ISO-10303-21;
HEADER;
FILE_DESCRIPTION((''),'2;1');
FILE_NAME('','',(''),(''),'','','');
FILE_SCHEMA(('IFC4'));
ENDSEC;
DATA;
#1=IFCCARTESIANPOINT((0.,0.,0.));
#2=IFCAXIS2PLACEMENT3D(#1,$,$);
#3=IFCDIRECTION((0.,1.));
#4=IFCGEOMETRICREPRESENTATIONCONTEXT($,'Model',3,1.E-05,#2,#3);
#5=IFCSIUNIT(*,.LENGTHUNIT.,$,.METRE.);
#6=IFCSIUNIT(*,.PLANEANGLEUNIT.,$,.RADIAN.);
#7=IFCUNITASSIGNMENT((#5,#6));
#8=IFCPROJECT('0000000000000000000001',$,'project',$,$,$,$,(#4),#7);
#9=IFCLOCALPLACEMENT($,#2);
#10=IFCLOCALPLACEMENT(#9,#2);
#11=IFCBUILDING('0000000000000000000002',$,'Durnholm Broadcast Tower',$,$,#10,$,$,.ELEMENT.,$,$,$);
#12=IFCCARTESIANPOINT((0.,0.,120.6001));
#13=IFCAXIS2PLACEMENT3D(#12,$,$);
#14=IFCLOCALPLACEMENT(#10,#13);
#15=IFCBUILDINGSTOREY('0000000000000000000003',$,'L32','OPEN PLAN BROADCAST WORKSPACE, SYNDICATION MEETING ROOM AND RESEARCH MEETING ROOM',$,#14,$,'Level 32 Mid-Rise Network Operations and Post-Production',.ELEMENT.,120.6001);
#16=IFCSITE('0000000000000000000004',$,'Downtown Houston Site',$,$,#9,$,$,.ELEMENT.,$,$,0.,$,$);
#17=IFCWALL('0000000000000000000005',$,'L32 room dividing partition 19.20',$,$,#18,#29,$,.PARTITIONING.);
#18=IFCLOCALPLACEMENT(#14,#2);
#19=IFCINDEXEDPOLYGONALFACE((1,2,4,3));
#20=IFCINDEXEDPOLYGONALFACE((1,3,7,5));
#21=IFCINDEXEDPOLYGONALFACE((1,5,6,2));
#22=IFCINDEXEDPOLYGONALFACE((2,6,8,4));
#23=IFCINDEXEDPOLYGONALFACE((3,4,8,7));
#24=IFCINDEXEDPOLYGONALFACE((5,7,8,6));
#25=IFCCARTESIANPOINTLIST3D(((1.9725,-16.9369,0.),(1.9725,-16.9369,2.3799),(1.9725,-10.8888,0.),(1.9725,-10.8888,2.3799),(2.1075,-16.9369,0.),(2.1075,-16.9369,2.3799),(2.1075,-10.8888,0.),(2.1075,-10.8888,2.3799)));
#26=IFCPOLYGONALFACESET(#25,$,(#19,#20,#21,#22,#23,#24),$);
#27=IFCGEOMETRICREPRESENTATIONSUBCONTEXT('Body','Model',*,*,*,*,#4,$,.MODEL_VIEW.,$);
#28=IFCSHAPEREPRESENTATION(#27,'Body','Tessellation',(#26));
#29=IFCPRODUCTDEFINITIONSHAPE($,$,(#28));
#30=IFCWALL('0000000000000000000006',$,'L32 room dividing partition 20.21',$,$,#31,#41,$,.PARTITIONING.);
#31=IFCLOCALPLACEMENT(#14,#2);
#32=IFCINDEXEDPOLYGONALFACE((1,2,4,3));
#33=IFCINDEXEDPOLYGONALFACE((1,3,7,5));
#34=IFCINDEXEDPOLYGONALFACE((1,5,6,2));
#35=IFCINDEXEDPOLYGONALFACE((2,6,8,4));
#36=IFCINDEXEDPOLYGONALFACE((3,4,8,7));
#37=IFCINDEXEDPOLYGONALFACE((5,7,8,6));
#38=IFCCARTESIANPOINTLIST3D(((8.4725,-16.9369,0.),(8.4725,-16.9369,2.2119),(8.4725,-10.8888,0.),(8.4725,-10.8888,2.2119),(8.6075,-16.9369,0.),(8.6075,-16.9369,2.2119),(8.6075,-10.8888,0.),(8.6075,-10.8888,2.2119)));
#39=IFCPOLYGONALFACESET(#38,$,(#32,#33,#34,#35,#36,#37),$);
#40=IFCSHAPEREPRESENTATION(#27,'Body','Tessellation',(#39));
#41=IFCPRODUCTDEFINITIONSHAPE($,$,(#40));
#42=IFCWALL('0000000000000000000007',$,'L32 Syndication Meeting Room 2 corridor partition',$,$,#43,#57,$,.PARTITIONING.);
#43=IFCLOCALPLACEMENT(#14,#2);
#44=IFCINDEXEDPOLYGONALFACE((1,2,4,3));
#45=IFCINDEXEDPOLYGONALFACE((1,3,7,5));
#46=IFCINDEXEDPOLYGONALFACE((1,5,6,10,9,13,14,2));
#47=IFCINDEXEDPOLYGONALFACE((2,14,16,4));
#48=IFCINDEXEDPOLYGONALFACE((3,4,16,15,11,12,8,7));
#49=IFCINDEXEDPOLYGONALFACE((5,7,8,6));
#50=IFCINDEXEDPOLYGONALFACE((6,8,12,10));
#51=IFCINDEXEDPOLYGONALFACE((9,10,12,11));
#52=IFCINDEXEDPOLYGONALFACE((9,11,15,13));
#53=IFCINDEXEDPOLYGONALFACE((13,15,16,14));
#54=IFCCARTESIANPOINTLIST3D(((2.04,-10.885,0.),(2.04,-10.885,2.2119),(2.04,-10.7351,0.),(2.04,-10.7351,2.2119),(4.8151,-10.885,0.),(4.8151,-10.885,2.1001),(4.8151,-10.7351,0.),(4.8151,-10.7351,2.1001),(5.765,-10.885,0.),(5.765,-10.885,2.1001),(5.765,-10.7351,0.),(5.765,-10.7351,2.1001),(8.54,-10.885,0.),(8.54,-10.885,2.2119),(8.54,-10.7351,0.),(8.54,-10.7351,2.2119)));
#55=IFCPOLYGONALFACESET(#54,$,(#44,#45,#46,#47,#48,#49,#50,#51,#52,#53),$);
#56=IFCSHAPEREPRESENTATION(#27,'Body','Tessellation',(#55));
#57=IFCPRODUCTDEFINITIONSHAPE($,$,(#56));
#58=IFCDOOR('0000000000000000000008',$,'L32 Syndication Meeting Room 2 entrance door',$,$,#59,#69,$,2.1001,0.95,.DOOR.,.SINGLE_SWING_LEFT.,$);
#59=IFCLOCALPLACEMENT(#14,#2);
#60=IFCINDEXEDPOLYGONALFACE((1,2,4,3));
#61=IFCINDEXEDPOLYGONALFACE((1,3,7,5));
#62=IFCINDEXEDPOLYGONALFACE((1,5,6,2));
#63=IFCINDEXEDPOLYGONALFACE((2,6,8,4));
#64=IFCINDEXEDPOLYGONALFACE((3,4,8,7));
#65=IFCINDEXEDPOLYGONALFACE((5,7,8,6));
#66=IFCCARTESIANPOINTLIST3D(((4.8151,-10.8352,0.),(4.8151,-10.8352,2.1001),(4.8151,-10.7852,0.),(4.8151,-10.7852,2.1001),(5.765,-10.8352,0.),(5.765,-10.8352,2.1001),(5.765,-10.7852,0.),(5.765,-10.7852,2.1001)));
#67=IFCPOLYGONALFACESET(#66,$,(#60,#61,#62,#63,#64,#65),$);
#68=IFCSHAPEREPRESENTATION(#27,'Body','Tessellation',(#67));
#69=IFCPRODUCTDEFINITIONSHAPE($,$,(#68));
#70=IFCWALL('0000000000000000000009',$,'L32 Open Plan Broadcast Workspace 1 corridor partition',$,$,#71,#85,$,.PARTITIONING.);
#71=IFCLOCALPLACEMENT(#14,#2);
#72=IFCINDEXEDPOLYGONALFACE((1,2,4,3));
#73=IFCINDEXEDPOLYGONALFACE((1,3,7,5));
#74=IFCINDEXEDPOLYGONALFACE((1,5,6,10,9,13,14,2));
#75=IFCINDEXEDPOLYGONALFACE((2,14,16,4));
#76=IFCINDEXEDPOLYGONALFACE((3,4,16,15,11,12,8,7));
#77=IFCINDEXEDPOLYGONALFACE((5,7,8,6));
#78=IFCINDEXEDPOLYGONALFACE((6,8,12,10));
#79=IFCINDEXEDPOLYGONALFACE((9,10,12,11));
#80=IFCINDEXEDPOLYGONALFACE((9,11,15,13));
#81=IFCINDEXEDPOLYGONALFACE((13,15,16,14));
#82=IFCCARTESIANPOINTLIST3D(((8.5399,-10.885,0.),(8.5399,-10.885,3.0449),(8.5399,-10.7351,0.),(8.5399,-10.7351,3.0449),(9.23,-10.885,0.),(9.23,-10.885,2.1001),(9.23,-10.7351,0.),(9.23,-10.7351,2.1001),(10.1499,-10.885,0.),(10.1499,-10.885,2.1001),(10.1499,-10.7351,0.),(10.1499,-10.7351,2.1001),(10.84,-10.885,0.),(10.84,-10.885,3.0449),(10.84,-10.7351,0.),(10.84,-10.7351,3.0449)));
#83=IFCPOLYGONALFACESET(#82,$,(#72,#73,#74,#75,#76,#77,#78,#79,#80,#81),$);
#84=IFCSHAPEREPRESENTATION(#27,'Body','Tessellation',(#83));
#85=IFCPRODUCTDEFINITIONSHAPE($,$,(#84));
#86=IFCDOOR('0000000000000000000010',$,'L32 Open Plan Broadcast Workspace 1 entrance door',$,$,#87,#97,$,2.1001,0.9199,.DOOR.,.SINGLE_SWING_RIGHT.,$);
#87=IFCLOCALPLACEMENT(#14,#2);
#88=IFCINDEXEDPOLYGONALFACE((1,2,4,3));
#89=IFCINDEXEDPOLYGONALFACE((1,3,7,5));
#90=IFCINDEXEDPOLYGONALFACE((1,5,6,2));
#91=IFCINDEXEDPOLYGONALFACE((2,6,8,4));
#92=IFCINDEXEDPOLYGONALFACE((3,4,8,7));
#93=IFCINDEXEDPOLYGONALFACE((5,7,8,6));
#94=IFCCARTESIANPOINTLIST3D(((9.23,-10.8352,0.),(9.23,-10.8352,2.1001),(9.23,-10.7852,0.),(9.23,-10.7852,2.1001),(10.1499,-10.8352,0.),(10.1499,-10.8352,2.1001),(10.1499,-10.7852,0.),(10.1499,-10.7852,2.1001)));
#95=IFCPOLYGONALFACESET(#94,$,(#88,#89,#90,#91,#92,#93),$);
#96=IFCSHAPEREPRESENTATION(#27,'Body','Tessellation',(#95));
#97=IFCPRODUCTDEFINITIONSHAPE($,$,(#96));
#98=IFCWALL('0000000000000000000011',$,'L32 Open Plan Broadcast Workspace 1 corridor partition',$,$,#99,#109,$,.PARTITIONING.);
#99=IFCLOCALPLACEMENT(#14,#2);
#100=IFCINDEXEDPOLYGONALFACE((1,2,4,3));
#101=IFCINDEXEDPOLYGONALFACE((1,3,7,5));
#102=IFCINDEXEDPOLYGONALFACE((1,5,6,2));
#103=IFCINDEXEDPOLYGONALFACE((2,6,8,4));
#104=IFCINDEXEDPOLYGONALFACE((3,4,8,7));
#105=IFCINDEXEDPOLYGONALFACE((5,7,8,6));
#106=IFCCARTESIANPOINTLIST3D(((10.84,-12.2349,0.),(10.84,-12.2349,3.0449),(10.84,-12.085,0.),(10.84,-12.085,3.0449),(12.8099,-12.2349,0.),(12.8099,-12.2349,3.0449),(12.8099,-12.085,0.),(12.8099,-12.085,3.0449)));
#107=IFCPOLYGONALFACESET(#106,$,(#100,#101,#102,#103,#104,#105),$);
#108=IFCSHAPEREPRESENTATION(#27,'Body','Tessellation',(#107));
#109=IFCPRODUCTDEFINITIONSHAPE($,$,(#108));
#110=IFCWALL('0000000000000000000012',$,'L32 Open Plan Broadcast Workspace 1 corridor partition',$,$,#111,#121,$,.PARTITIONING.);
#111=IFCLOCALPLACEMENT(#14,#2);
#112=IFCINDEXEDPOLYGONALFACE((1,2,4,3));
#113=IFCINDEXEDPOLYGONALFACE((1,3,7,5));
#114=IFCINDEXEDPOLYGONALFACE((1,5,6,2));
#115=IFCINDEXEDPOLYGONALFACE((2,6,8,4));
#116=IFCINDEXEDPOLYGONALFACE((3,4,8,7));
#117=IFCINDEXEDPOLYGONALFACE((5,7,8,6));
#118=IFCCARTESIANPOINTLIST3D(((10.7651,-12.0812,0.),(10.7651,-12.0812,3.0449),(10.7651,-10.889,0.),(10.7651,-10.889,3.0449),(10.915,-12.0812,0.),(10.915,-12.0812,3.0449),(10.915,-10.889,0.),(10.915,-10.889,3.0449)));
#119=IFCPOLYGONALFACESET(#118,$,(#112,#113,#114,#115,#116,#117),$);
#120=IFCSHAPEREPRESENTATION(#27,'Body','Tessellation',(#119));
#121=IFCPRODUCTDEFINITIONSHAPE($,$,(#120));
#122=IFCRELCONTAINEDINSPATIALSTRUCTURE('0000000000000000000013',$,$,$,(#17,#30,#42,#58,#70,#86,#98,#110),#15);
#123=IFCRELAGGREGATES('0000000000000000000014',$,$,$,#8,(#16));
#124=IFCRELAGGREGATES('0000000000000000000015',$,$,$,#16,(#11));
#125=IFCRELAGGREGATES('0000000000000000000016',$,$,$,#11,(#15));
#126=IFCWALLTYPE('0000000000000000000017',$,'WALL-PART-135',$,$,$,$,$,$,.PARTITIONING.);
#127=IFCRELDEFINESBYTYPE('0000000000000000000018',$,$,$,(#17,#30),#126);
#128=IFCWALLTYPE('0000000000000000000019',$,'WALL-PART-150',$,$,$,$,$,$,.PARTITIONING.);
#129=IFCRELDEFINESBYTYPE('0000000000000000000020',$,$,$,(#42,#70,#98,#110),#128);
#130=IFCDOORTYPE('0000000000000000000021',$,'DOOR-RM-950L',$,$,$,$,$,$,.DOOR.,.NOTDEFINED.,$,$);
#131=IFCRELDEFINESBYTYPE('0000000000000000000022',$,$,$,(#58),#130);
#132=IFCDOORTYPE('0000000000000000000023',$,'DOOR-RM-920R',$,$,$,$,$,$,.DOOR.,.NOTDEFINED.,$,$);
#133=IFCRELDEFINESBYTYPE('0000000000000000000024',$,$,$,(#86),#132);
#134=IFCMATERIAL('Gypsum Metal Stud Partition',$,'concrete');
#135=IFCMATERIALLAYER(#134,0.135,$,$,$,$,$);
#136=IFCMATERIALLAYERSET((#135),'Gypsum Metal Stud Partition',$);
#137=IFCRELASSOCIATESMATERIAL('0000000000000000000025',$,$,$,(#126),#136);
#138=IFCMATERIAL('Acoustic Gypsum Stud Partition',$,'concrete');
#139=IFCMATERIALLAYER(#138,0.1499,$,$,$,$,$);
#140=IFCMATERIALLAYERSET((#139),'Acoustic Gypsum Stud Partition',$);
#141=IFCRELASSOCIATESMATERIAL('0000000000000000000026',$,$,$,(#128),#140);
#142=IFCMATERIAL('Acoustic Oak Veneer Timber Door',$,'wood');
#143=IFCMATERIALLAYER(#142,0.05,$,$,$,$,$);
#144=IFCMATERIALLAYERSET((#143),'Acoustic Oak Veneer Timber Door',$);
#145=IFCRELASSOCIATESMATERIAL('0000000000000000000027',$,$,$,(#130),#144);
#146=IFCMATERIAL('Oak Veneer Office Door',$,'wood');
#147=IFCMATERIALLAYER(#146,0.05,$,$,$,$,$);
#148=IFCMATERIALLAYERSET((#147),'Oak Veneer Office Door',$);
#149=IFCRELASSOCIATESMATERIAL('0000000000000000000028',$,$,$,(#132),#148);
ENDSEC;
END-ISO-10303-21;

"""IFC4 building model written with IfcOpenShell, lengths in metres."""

from ifc_helpers import new_model, si_unit, direction, frame, frame_2d, origin, place, context, subcontext, project, spatial, rectangle, extrude, source, transform, mapped, material, layer, layer_set, type_object, type_shapes, element, fill, save


model = new_model("IFC4")

# Units and contexts
model_context = context("Model", 3, precision=1e-05, world=origin(), true_north=direction((0.0, 1.0)))
body_context = subcontext(model_context, "Body", "Model", "MODEL_VIEW")
ifc_project = project(units=[si_unit("LENGTHUNIT", "METRE"), si_unit("PLANEANGLEUNIT", "RADIAN")], contexts=[model_context])

# Site, building, storey
site_placement = place(None, origin())
site = spatial("IfcSite", under=ifc_project, at=site_placement, Name="Downtown Houston Site", CompositionType="ELEMENT", RefElevation=0.0)
building_placement = place(site_placement, origin())
building = spatial("IfcBuilding", under=site, at=building_placement, Name="Durnholm Broadcast Tower", CompositionType="ELEMENT")
storey_placement = place(building_placement, frame((0.0, 0.0, 120.6001)))
storey = spatial("IfcBuildingStorey", under=building, at=storey_placement, Name="L32", Description="OPEN PLAN BROADCAST WORKSPACE, SYNDICATION MEETING ROOM AND RESEARCH MEETING ROOM", LongName="Level 32 Mid-Rise Network Operations and Post-Production", CompositionType="ELEMENT", Elevation=120.6001)

# Walls
ifc_material_1 = material(Name="Gypsum Metal Stud Partition", Category="concrete")
ifc_layer_1 = layer(ifc_material_1, 0.135)
ifc_layer_set_1 = layer_set([ifc_layer_1], Name="Gypsum Metal Stud Partition")
wall_type_1 = type_object("IfcWallType", Name="WALL-PART-135", PredefinedType="PARTITIONING", material=ifc_layer_set_1)
wall_1_placement = place(storey_placement, frame((2.04, -10.8889, 0.0), z_axis=(0.0, 0.0, 1.0), x_axis=(0.0, -1.0, 0.0)))
element("IfcWall", 1, at=wall_1_placement, inside=storey, type_object=wall_type_1, Name="L32 room dividing partition 19.20", PredefinedType="PARTITIONING", context=body_context, shape_type="SweptSolid", body=[
    extrude(rectangle(XDim=6.0481, YDim=0.135, at=frame_2d((3.0239, 0.0))), origin(), (0.0, 0.0, 1.0), 2.3799),
])
wall_2_placement = place(storey_placement, frame((8.54, -10.8889, 0.0), z_axis=(0.0, 0.0, 1.0), x_axis=(0.0, -1.0, 0.0)))
element("IfcWall", 2, at=wall_2_placement, inside=storey, type_object=wall_type_1, Name="L32 room dividing partition 20.21", PredefinedType="PARTITIONING", context=body_context, shape_type="SweptSolid", body=[
    extrude(rectangle(XDim=6.0481, YDim=0.135, at=frame_2d((3.0239, 0.0))), origin(), (0.0, 0.0, 1.0), 2.2119),
])

# Walls, openings, doors
ifc_material_2 = material(Name="Acoustic Gypsum Stud Partition", Category="concrete")
ifc_layer_2 = layer(ifc_material_2, 0.1499)
ifc_layer_set_2 = layer_set([ifc_layer_2], Name="Acoustic Gypsum Stud Partition")
wall_type_2 = type_object("IfcWallType", Name="WALL-PART-150", PredefinedType="PARTITIONING", material=ifc_layer_set_2)
wall_3_placement = place(storey_placement, frame((2.04, -10.8101, 0.0), z_axis=(0.0, 0.0, 1.0), x_axis=(1.0, 0.0, 0.0)))
wall_3 = element("IfcWall", 3, at=wall_3_placement, inside=storey, type_object=wall_type_2, Name="L32 Syndication Meeting Room 2 corridor partition", PredefinedType="PARTITIONING", context=body_context, shape_type="SweptSolid", body=[
    extrude(rectangle(XDim=6.5, YDim=0.1499, at=frame_2d((3.25, 0.0))), origin(), (0.0, 0.0, 1.0), 2.2119),
])
opening_1_placement = place(wall_3_placement, frame((2.7749, 0.0, 0.0)))
opening_1 = element("IfcOpeningElement", 4, at=opening_1_placement, cuts=wall_3, PredefinedType="OPENING", context=body_context, shape_type="SweptSolid", body=[
    extrude(rectangle(XDim=0.95, YDim=2.1001, at=frame_2d((0.4751, 1.05))), frame((0.0, 0.085, 0.0), z_axis=(0.0, -1.0, 0.0), x_axis=(1.0, 0.0, 0.0)), (0.0, 0.0, 1.0), 0.1699),
])
ifc_material_3 = material(Name="Acoustic Oak Veneer Timber Door", Category="wood")
ifc_layer_3 = layer(ifc_material_3, 0.05)
ifc_layer_set_3 = layer_set([ifc_layer_3], Name="Acoustic Oak Veneer Timber Door")
door_type_1 = type_object("IfcDoorType", Name="DOOR-RM-950L", OperationType="NOTDEFINED", PredefinedType="DOOR", material=ifc_layer_set_3)
shared_shape_1 = source(origin(), body_context, "Body", "SweptSolid", [
    extrude(rectangle(XDim=0.95, YDim=2.1001, at=frame_2d((0.4751, 1.05))), frame((0.0, 0.0249, 0.0), z_axis=(0.0, -1.0, 0.0), x_axis=(1.0, 0.0, 0.0)), (0.0, 0.0, 1.0), 0.05),
])
type_shapes(door_type_1, [shared_shape_1])
door_1_placement = place(opening_1_placement, origin())
door_1 = element("IfcDoor", 5, at=door_1_placement, inside=storey, type_object=door_type_1, Name="L32 Syndication Meeting Room 2 entrance door", OperationType="SINGLE_SWING_LEFT", OverallHeight=2.1001, OverallWidth=0.95, PredefinedType="DOOR", context=body_context, shape_type="MappedRepresentation", body=[
    mapped(shared_shape_1, transform((0.0, 0.0, 0.0), x_axis=(1.0, 0.0, 0.0), y_axis=(0.0, 1.0, 0.0), z_axis=(0.0, 0.0, 1.0), scale=1.0)),
])
fill(opening_1, door_1)
wall_4_placement = place(storey_placement, frame((8.54, -10.8101, 0.0), z_axis=(0.0, 0.0, 1.0), x_axis=(1.0, 0.0, 0.0)))
wall_4 = element("IfcWall", 6, at=wall_4_placement, inside=storey, type_object=wall_type_2, Name="L32 Open Plan Broadcast Workspace 1 corridor partition", PredefinedType="PARTITIONING", context=body_context, shape_type="SweptSolid", body=[
    extrude(rectangle(XDim=2.3, YDim=0.1499, at=frame_2d((1.1499, 0.0))), origin(), (0.0, 0.0, 1.0), 3.0449),
])
opening_2_placement = place(wall_4_placement, frame((0.6899, 0.0, 0.0)))
opening_2 = element("IfcOpeningElement", 7, at=opening_2_placement, cuts=wall_4, PredefinedType="OPENING", context=body_context, shape_type="SweptSolid", body=[
    extrude(rectangle(XDim=0.9199, YDim=2.1001, at=frame_2d((0.46, 1.05))), frame((0.0, 0.085, 0.0), z_axis=(0.0, -1.0, 0.0), x_axis=(1.0, 0.0, 0.0)), (0.0, 0.0, 1.0), 0.1699),
])
ifc_material_4 = material(Name="Oak Veneer Office Door", Category="wood")
ifc_layer_4 = layer(ifc_material_4, 0.05)
ifc_layer_set_4 = layer_set([ifc_layer_4], Name="Oak Veneer Office Door")
door_type_2 = type_object("IfcDoorType", Name="DOOR-RM-920R", OperationType="NOTDEFINED", PredefinedType="DOOR", material=ifc_layer_set_4)
shared_shape_2 = source(origin(), body_context, "Body", "SweptSolid", [
    extrude(rectangle(XDim=0.9199, YDim=2.1001, at=frame_2d((0.46, 1.05))), frame((0.0, 0.0249, 0.0), z_axis=(0.0, -1.0, 0.0), x_axis=(1.0, 0.0, 0.0)), (0.0, 0.0, 1.0), 0.05),
])
type_shapes(door_type_2, [shared_shape_2])
door_2_placement = place(opening_2_placement, origin())
door_2 = element("IfcDoor", 8, at=door_2_placement, inside=storey, type_object=door_type_2, Name="L32 Open Plan Broadcast Workspace 1 entrance door", OperationType="SINGLE_SWING_RIGHT", OverallHeight=2.1001, OverallWidth=0.9199, PredefinedType="DOOR", context=body_context, shape_type="MappedRepresentation", body=[
    mapped(shared_shape_2, transform((0.0, 0.0, 0.0), x_axis=(1.0, 0.0, 0.0), y_axis=(0.0, 1.0, 0.0), z_axis=(0.0, 0.0, 1.0), scale=1.0)),
])
fill(opening_2, door_2)

# Walls
wall_5_placement = place(storey_placement, frame((10.8401, -12.1599, 0.0), z_axis=(0.0, 0.0, 1.0), x_axis=(1.0, 0.0, 0.0)))
element("IfcWall", 9, at=wall_5_placement, inside=storey, type_object=wall_type_2, Name="L32 Open Plan Broadcast Workspace 1 corridor partition", PredefinedType="PARTITIONING", context=body_context, shape_type="SweptSolid", body=[
    extrude(rectangle(XDim=1.97, YDim=0.1499, at=frame_2d((0.9849, 0.0))), origin(), (0.0, 0.0, 1.0), 3.0449),
])
wall_6_placement = place(storey_placement, frame((10.8401, -10.8889, 0.0), z_axis=(0.0, 0.0, 1.0), x_axis=(0.0, -1.0, 0.0)))
element("IfcWall", 10, at=wall_6_placement, inside=storey, type_object=wall_type_2, Name="L32 Open Plan Broadcast Workspace 1 corridor partition", PredefinedType="PARTITIONING", context=body_context, shape_type="SweptSolid", body=[
    extrude(rectangle(XDim=1.1921, YDim=0.1499, at=frame_2d((0.5962, 0.0))), origin(), (0.0, 0.0, 1.0), 3.0449),
])

save(model, "model.ifc")
